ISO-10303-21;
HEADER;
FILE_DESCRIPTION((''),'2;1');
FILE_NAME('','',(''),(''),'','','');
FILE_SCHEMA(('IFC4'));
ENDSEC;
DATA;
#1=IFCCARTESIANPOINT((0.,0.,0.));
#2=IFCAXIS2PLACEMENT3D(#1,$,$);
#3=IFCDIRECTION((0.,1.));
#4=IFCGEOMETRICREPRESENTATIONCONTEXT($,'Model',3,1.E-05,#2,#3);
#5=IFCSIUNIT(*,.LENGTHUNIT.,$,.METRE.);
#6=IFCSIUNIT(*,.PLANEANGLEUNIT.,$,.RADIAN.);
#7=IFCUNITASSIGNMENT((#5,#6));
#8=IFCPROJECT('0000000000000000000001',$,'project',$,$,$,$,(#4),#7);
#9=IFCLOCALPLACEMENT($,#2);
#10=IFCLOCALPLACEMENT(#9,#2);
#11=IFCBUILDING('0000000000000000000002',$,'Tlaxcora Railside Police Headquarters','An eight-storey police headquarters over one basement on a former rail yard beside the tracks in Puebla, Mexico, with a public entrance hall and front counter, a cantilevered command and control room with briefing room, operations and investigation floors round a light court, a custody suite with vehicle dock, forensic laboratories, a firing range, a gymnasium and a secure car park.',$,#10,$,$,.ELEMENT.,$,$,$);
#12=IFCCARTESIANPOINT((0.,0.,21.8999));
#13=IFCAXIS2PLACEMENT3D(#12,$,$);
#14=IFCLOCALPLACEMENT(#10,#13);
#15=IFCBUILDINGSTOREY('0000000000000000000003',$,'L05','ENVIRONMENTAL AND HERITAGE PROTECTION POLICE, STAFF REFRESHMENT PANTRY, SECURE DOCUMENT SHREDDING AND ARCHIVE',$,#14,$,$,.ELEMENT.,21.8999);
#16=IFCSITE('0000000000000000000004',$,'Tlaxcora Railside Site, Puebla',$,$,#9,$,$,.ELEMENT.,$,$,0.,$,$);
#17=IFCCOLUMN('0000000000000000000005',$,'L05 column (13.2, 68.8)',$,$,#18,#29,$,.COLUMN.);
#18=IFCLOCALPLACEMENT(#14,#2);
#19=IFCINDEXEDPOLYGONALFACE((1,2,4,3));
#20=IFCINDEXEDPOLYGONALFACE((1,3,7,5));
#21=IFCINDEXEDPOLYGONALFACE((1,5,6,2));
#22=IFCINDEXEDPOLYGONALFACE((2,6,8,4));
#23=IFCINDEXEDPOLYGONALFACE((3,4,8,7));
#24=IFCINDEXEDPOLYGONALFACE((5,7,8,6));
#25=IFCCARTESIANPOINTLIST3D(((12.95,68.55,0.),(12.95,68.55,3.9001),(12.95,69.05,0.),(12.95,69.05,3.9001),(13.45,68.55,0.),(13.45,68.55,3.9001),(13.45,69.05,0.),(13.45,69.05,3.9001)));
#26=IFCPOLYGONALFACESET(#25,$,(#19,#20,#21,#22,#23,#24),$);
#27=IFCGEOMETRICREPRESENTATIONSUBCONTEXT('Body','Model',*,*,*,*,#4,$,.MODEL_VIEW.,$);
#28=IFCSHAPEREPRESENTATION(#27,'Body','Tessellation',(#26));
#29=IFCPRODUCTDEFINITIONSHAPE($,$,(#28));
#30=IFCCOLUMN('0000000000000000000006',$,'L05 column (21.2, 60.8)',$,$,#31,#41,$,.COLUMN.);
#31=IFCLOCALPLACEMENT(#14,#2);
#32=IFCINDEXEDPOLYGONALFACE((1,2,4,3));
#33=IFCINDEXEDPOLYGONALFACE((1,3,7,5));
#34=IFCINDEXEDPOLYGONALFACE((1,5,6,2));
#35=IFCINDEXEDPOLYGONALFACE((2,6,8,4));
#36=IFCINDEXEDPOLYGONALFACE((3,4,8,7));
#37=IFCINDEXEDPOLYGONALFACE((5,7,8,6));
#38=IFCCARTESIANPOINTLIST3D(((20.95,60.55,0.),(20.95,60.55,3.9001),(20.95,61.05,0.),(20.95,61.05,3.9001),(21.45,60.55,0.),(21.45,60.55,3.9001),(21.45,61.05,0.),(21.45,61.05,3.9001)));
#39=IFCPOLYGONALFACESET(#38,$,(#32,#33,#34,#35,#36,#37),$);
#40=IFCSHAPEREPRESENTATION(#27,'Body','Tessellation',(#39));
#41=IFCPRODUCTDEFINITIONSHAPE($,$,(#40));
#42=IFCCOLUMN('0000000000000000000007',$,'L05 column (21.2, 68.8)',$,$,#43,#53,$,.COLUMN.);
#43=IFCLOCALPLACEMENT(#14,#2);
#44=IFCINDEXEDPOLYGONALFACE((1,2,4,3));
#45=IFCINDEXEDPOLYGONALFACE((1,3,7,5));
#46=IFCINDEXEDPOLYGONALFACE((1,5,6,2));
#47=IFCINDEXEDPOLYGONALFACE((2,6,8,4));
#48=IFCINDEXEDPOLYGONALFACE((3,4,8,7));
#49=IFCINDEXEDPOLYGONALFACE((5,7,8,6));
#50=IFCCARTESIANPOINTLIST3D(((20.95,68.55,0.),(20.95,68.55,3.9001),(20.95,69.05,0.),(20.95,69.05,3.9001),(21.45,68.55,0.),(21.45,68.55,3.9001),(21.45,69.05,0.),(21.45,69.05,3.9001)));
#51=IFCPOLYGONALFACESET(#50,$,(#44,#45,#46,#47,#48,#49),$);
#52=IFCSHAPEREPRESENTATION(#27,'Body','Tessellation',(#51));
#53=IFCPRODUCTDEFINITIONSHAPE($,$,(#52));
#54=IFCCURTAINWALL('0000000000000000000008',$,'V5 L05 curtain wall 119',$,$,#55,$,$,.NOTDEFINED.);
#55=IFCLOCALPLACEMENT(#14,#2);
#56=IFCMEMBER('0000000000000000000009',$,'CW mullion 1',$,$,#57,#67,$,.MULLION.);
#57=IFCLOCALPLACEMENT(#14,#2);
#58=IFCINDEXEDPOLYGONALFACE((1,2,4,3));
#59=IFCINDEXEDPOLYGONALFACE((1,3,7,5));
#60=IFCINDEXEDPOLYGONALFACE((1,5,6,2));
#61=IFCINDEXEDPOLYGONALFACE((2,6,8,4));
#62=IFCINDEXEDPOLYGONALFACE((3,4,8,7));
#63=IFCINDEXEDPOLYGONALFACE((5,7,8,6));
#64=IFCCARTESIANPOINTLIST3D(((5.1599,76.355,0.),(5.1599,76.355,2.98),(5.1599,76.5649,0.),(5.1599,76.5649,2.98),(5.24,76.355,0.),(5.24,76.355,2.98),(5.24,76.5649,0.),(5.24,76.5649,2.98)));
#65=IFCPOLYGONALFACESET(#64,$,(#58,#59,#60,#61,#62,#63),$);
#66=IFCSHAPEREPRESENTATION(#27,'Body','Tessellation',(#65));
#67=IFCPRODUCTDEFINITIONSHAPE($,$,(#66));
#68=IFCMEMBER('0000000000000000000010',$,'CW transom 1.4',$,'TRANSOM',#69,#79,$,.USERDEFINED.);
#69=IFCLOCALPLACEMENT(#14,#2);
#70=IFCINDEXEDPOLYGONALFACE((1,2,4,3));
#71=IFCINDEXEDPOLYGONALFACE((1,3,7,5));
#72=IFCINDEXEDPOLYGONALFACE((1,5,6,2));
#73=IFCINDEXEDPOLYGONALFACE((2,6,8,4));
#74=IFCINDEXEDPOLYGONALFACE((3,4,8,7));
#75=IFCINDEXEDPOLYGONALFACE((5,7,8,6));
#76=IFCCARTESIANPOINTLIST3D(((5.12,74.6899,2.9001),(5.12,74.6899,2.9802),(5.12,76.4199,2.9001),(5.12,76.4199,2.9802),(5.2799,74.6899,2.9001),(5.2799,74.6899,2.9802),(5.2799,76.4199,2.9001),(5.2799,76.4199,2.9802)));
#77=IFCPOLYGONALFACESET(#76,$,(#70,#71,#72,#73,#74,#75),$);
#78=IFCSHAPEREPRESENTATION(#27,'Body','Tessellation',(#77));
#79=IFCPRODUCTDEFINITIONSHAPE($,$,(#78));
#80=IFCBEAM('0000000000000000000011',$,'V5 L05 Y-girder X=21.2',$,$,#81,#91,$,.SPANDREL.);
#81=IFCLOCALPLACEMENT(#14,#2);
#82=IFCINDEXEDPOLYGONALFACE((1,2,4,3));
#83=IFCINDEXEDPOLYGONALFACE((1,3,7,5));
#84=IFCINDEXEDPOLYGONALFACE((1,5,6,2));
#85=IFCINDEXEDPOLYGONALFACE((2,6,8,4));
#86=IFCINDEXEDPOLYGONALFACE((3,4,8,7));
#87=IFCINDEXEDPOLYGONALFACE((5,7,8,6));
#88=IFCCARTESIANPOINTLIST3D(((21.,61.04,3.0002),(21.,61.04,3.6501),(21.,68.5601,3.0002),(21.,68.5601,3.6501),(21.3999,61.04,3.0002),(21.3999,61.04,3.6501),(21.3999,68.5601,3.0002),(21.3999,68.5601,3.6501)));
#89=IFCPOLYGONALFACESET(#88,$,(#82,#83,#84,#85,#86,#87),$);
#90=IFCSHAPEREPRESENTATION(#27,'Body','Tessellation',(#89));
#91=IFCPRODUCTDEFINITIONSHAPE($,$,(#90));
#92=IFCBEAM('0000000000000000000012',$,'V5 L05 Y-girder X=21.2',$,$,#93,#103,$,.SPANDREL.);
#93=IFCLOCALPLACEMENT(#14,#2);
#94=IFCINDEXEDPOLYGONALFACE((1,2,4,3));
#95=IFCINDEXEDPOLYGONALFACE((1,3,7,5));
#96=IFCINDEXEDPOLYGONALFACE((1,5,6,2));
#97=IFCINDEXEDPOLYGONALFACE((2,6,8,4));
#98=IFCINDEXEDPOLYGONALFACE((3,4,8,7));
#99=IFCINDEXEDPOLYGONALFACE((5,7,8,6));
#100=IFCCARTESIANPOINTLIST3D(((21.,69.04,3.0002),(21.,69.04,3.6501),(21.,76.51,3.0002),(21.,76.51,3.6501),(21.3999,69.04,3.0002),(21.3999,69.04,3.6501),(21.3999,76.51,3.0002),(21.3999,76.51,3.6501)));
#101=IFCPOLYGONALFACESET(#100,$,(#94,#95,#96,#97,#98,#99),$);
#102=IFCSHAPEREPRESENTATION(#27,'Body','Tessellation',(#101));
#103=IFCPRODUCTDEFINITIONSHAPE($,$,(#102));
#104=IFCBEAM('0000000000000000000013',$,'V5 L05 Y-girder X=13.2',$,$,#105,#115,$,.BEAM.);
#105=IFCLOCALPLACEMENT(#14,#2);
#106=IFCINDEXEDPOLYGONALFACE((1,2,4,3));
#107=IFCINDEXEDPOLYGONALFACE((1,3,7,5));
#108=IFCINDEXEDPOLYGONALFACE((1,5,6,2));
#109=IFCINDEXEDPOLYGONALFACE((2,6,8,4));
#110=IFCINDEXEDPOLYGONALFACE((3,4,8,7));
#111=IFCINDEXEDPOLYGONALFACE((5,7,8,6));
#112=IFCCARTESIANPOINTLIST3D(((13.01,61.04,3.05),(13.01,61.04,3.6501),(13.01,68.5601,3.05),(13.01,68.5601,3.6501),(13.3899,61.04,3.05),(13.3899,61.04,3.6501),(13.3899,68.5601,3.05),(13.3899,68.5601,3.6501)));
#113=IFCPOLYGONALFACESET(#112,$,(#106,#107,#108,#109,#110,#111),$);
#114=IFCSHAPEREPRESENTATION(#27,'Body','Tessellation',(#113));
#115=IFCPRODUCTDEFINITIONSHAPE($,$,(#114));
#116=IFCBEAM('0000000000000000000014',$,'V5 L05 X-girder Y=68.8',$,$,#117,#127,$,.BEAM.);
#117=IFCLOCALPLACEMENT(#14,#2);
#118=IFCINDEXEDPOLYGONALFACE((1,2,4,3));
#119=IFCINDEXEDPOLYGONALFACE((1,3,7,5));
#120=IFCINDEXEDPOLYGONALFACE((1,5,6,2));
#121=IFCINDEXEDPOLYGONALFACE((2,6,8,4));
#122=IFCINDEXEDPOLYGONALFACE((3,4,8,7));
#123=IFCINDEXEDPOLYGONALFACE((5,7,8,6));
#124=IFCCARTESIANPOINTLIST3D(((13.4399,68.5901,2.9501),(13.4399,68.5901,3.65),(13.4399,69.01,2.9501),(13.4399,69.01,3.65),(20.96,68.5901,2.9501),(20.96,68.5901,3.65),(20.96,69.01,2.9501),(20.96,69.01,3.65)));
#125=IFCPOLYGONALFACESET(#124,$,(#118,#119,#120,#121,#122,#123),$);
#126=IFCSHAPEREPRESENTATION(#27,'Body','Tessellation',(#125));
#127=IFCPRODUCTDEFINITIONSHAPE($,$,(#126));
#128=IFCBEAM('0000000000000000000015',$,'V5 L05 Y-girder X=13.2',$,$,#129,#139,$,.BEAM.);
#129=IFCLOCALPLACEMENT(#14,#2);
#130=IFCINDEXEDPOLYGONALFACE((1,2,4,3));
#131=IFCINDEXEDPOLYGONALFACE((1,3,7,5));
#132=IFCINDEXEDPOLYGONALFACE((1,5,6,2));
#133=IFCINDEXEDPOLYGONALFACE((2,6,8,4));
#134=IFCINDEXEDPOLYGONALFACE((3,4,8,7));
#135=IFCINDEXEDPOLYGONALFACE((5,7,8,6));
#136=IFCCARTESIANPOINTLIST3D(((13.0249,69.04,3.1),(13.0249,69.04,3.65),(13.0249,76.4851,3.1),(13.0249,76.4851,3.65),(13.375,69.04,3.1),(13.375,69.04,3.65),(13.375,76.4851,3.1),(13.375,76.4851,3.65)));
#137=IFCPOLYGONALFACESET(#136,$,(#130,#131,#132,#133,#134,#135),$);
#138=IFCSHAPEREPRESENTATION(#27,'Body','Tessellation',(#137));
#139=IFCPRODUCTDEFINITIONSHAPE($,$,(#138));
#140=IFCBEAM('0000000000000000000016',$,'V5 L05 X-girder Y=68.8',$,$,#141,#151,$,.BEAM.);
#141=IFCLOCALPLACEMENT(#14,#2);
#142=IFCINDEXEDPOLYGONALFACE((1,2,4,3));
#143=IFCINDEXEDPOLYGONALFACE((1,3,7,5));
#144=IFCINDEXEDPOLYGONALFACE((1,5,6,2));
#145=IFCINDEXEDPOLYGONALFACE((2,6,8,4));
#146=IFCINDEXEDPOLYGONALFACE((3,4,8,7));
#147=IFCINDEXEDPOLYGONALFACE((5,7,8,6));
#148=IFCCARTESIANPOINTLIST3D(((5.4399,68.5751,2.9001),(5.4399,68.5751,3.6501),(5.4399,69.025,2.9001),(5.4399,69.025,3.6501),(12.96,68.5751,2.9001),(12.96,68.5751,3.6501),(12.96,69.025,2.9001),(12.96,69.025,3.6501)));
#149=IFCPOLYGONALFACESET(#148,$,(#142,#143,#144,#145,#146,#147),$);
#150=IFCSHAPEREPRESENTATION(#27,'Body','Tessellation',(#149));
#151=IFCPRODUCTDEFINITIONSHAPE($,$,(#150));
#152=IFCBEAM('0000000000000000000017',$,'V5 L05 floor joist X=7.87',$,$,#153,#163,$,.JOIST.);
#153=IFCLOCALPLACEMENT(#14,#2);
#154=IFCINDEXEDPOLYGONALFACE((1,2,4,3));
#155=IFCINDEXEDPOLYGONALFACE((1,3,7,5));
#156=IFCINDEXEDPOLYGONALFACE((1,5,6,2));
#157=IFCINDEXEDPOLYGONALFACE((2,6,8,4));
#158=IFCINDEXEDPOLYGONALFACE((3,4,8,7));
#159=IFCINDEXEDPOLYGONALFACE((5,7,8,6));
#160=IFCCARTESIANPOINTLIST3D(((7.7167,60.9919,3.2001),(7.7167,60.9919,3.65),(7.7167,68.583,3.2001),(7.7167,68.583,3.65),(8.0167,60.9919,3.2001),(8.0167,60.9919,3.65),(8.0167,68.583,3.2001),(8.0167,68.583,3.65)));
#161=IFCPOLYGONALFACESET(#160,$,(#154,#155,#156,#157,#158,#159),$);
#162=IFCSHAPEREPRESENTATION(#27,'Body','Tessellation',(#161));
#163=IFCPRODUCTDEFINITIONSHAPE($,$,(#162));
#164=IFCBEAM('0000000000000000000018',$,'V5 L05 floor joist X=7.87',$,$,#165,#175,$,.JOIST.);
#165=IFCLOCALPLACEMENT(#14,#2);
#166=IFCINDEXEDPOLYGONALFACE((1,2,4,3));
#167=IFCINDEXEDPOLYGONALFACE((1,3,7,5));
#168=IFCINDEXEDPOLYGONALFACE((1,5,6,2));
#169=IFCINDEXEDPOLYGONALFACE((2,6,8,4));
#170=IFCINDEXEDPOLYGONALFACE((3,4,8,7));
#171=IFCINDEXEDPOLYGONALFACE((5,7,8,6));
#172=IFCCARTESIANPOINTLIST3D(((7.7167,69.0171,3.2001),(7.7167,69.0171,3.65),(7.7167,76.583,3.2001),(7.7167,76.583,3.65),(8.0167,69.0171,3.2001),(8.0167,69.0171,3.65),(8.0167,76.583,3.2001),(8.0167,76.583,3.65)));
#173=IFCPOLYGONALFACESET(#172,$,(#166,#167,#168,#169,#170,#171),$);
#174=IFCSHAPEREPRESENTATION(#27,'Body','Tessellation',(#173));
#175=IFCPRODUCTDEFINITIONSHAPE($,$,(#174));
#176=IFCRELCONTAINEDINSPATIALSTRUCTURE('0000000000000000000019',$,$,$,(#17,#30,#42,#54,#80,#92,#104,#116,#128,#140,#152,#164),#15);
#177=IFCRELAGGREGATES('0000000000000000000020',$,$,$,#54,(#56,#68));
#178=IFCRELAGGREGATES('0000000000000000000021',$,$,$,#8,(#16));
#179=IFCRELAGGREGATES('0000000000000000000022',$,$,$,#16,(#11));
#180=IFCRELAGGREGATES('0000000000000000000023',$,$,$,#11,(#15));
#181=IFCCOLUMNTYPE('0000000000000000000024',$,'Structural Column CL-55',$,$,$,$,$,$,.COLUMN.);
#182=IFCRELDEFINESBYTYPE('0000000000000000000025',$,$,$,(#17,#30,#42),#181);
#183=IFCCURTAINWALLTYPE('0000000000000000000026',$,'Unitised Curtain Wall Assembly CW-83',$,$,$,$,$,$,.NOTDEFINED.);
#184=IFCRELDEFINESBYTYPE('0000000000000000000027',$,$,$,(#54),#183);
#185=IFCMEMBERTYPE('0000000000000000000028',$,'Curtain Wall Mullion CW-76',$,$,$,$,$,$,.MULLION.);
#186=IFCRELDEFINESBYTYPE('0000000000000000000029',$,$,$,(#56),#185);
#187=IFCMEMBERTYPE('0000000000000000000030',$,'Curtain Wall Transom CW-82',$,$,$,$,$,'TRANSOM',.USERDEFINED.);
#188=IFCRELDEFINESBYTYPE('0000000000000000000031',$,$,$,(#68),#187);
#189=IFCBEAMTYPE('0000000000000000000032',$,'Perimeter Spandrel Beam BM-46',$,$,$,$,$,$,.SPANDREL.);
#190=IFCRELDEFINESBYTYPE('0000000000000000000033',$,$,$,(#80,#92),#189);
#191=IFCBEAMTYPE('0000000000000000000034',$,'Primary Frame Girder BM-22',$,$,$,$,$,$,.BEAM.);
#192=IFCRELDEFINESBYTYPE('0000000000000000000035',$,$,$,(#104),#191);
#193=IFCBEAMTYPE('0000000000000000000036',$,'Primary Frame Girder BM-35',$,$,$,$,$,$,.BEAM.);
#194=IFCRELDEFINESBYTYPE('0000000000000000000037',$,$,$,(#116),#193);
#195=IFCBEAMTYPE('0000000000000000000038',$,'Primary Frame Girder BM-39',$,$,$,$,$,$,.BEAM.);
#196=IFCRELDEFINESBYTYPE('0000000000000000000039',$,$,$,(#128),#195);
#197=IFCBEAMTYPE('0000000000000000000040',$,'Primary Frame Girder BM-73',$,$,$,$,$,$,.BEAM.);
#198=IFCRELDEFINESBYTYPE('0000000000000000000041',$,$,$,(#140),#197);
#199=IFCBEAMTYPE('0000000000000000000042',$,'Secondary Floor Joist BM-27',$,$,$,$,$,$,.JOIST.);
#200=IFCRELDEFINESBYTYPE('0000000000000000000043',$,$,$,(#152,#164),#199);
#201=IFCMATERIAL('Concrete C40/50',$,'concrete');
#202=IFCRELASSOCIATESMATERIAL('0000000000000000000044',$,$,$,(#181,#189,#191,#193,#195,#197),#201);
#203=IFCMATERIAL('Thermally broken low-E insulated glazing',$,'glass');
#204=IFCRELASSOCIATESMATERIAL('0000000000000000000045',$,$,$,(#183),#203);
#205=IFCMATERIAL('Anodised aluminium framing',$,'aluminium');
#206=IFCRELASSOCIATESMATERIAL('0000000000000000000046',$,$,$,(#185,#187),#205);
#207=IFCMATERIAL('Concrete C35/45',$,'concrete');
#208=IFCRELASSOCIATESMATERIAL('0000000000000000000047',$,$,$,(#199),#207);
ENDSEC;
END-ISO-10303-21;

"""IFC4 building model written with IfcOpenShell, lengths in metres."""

from ifc_helpers import new_model, si_unit, direction, frame, origin, origin_2d, place, context, subcontext, project, spatial, rectangle, extrude, material, material_profile, profile_set, type_object, element, aggregate, save


model = new_model("IFC4")

# Units and contexts
model_context = context("Model", 3, precision=1e-05, world=origin(), true_north=direction((0.0, 1.0)))
body_context = subcontext(model_context, "Body", "Model", "MODEL_VIEW")
ifc_project = project(units=[si_unit("LENGTHUNIT", "METRE"), si_unit("PLANEANGLEUNIT", "RADIAN")], contexts=[model_context])

# Site, building, storey
site_placement = place(None, origin())
site = spatial("IfcSite", under=ifc_project, at=site_placement, Name="Tlaxcora Railside Site, Puebla", CompositionType="ELEMENT", RefElevation=0.0)
building_placement = place(site_placement, origin())
building = spatial("IfcBuilding", under=site, at=building_placement, Name="Tlaxcora Railside Police Headquarters", Description="An eight-storey police headquarters over one basement on a former rail yard beside the tracks in Puebla, Mexico, with a public entrance hall and front counter, a cantilevered command and control room with briefing room, operations and investigation floors round a light court, a custody suite with vehicle dock, forensic laboratories, a firing range, a gymnasium and a secure car park.", CompositionType="ELEMENT")
storey_placement = place(building_placement, frame((0.0, 0.0, 21.8999)))
storey = spatial("IfcBuildingStorey", under=building, at=storey_placement, Name="L05", Description="ENVIRONMENTAL AND HERITAGE PROTECTION POLICE, STAFF REFRESHMENT PANTRY, SECURE DOCUMENT SHREDDING AND ARCHIVE", CompositionType="ELEMENT", Elevation=21.8999)

# Columns
ifc_material_1 = material(Name="Concrete C40/50", Category="concrete")
ifc_material_profile_1 = material_profile(ifc_material_1, rectangle(XDim=0.5, YDim=0.5, at=origin_2d()), Name="RC500X500")
ifc_profile_set_1 = profile_set([ifc_material_profile_1], Name="Concrete C40/50")
column_type = type_object("IfcColumnType", Name="Structural Column CL-55", PredefinedType="COLUMN", material=ifc_profile_set_1)
for number, where, z_axis, x_axis, name in (
    (1, (13.2, 68.8, 0.0), (0.0, 0.0, 1.0), (1.0, 0.0, 0.0), "L05 column (13.2, 68.8)"),
    (2, (21.2, 60.8, 0.0), (0.0, 0.0, 1.0), (1.0, 0.0, 0.0), "L05 column (21.2, 60.8)"),
    (3, (21.2, 68.8, 0.0), (0.0, 0.0, 1.0), (1.0, 0.0, 0.0), "L05 column (21.2, 68.8)"),
):
    element("IfcColumn", number, at=place(storey_placement, frame(where, z_axis=z_axis, x_axis=x_axis)), inside=storey, type_object=column_type, Name=name, PredefinedType="COLUMN", context=body_context, shape_type="SweptSolid", body=[
        extrude(rectangle(XDim=0.5, YDim=0.5, at=origin_2d()), origin(), (0.0, 0.0, 1.0), 3.9001),
    ])

# Curtain wall, members
ifc_material_2 = material(Name="Thermally broken low-E insulated glazing", Category="glass")
curtain_wall_type = type_object("IfcCurtainWallType", Name="Unitised Curtain Wall Assembly CW-83", PredefinedType="NOTDEFINED", material=ifc_material_2)
curtain_wall_placement = place(storey_placement, origin())
curtain_wall = element("IfcCurtainWall", 4, at=curtain_wall_placement, inside=storey, type_object=curtain_wall_type, Name="V5 L05 curtain wall 119", PredefinedType="NOTDEFINED")
ifc_material_3 = material(Name="Anodised aluminium framing", Category="aluminium")
ifc_material_profile_2 = material_profile(ifc_material_3, rectangle(XDim=0.0801, YDim=0.21, at=origin_2d()), Name="AL80X210")
ifc_profile_set_2 = profile_set([ifc_material_profile_2], Name="Anodised aluminium framing")
member_type_1 = type_object("IfcMemberType", Name="Curtain Wall Mullion CW-76", PredefinedType="MULLION", material=ifc_profile_set_2)
member_1_placement = place(storey_placement, frame((5.2, 76.46, 0.0), z_axis=(0.0, 0.0, 1.0), x_axis=(1.0, 0.0, 0.0)))
member_1 = element("IfcMember", 5, at=member_1_placement, type_object=member_type_1, Name="CW mullion 1", PredefinedType="MULLION", context=body_context, shape_type="SweptSolid", body=[
    extrude(rectangle(XDim=0.0801, YDim=0.21, at=origin_2d()), origin(), (0.0, 0.0, 1.0), 2.98),
])
ifc_material_profile_3 = material_profile(ifc_material_3, rectangle(XDim=0.1599, YDim=0.0801, at=origin_2d()), Name="AL80X160")
ifc_profile_set_3 = profile_set([ifc_material_profile_3], Name="Anodised aluminium framing")
member_type_2 = type_object("IfcMemberType", Name="Curtain Wall Transom CW-82", ElementType="TRANSOM", PredefinedType="USERDEFINED", material=ifc_profile_set_3)
member_2_placement = place(storey_placement, frame((5.2, 76.4199, 2.9402), z_axis=(0.0, -1.0, 0.0), x_axis=(1.0, 0.0, 0.0)))
member_2 = element("IfcMember", 6, at=member_2_placement, type_object=member_type_2, Name="CW transom 1.4", ObjectType="TRANSOM", PredefinedType="USERDEFINED", context=body_context, shape_type="SweptSolid", body=[
    extrude(rectangle(XDim=0.1599, YDim=0.0801, at=origin_2d()), origin(), (0.0, 0.0, 1.0), 1.73),
])
aggregate(curtain_wall, [member_1, member_2])

# Beams
ifc_material_profile_4 = material_profile(ifc_material_1, rectangle(XDim=0.3999, YDim=0.6499, at=origin_2d()), Name="RC400X650")
ifc_profile_set_4 = profile_set([ifc_material_profile_4], Name="Concrete C40/50")
beam_type_1 = type_object("IfcBeamType", Name="Perimeter Spandrel Beam BM-46", PredefinedType="SPANDREL", material=ifc_profile_set_4)
beam_1_placement = place(storey_placement, frame((21.2, 61.04, 3.3252), z_axis=(0.0, 1.0, 0.0), x_axis=(-1.0, 0.0, 0.0)))
element("IfcBeam", 7, at=beam_1_placement, inside=storey, type_object=beam_type_1, Name="V5 L05 Y-girder X=21.2", PredefinedType="SPANDREL", context=body_context, shape_type="SweptSolid", body=[
    extrude(rectangle(XDim=0.3999, YDim=0.6499, at=origin_2d()), origin(), (0.0, 0.0, 1.0), 7.52),
])
beam_2_placement = place(storey_placement, frame((21.2, 69.04, 3.3252), z_axis=(0.0, 1.0, 0.0), x_axis=(-1.0, 0.0, 0.0)))
element("IfcBeam", 8, at=beam_2_placement, inside=storey, type_object=beam_type_1, Name="V5 L05 Y-girder X=21.2", PredefinedType="SPANDREL", context=body_context, shape_type="SweptSolid", body=[
    extrude(rectangle(XDim=0.3999, YDim=0.6499, at=origin_2d()), origin(), (0.0, 0.0, 1.0), 7.47),
])
ifc_material_profile_5 = material_profile(ifc_material_1, rectangle(XDim=0.3799, YDim=0.6001, at=origin_2d()), Name="RC380X600")
ifc_profile_set_5 = profile_set([ifc_material_profile_5], Name="Concrete C40/50")
beam_type_2 = type_object("IfcBeamType", Name="Primary Frame Girder BM-22", PredefinedType="BEAM", material=ifc_profile_set_5)
beam_3_placement = place(storey_placement, frame((13.2, 61.04, 3.3501), z_axis=(0.0, 1.0, 0.0), x_axis=(-1.0, 0.0, 0.0)))
element("IfcBeam", 9, at=beam_3_placement, inside=storey, type_object=beam_type_2, Name="V5 L05 Y-girder X=13.2", PredefinedType="BEAM", context=body_context, shape_type="SweptSolid", body=[
    extrude(rectangle(XDim=0.3799, YDim=0.6001, at=origin_2d()), origin(), (0.0, 0.0, 1.0), 7.52),
])
ifc_material_profile_6 = material_profile(ifc_material_1, rectangle(XDim=0.4199, YDim=0.7, at=origin_2d()), Name="RC420X700")
ifc_profile_set_6 = profile_set([ifc_material_profile_6], Name="Concrete C40/50")
beam_type_3 = type_object("IfcBeamType", Name="Primary Frame Girder BM-35", PredefinedType="BEAM", material=ifc_profile_set_6)
beam_4_placement = place(storey_placement, frame((13.4399, 68.8, 3.3), z_axis=(1.0, 0.0, 0.0), x_axis=(0.0, 1.0, 0.0)))
element("IfcBeam", 10, at=beam_4_placement, inside=storey, type_object=beam_type_3, Name="V5 L05 X-girder Y=68.8", PredefinedType="BEAM", context=body_context, shape_type="SweptSolid", body=[
    extrude(rectangle(XDim=0.4199, YDim=0.7, at=origin_2d()), origin(), (0.0, 0.0, 1.0), 7.52),
])
ifc_material_profile_7 = material_profile(ifc_material_1, rectangle(XDim=0.3501, YDim=0.55, at=origin_2d()), Name="RC350X550")
ifc_profile_set_7 = profile_set([ifc_material_profile_7], Name="Concrete C40/50")
beam_type_4 = type_object("IfcBeamType", Name="Primary Frame Girder BM-39", PredefinedType="BEAM", material=ifc_profile_set_7)
beam_5_placement = place(storey_placement, frame((13.2, 69.04, 3.375), z_axis=(0.0, 1.0, 0.0), x_axis=(-1.0, 0.0, 0.0)))
element("IfcBeam", 11, at=beam_5_placement, inside=storey, type_object=beam_type_4, Name="V5 L05 Y-girder X=13.2", PredefinedType="BEAM", context=body_context, shape_type="SweptSolid", body=[
    extrude(rectangle(XDim=0.3501, YDim=0.55, at=origin_2d()), origin(), (0.0, 0.0, 1.0), 7.4451),
])
ifc_material_profile_8 = material_profile(ifc_material_1, rectangle(XDim=0.45, YDim=0.75, at=origin_2d()), Name="RC450X750")
ifc_profile_set_8 = profile_set([ifc_material_profile_8], Name="Concrete C40/50")
beam_type_5 = type_object("IfcBeamType", Name="Primary Frame Girder BM-73", PredefinedType="BEAM", material=ifc_profile_set_8)
beam_6_placement = place(storey_placement, frame((5.4399, 68.8, 3.2751), z_axis=(1.0, 0.0, 0.0), x_axis=(0.0, 1.0, 0.0)))
element("IfcBeam", 12, at=beam_6_placement, inside=storey, type_object=beam_type_5, Name="V5 L05 X-girder Y=68.8", PredefinedType="BEAM", context=body_context, shape_type="SweptSolid", body=[
    extrude(rectangle(XDim=0.45, YDim=0.75, at=origin_2d()), origin(), (0.0, 0.0, 1.0), 7.52),
])
ifc_material_4 = material(Name="Concrete C35/45", Category="concrete")
ifc_material_profile_9 = material_profile(ifc_material_4, rectangle(XDim=0.3, YDim=0.45, at=origin_2d()), Name="RC300X450")
ifc_profile_set_9 = profile_set([ifc_material_profile_9], Name="Concrete C35/45")
beam_type_6 = type_object("IfcBeamType", Name="Secondary Floor Joist BM-27", PredefinedType="JOIST", material=ifc_profile_set_9)
beam_7_placement = place(storey_placement, frame((7.8667, 60.9919, 3.425), z_axis=(0.0, 1.0, 0.0), x_axis=(-1.0, 0.0, 0.0)))
element("IfcBeam", 13, at=beam_7_placement, inside=storey, type_object=beam_type_6, Name="V5 L05 floor joist X=7.87", PredefinedType="JOIST", context=body_context, shape_type="SweptSolid", body=[
    extrude(rectangle(XDim=0.3, YDim=0.45, at=origin_2d()), origin(), (0.0, 0.0, 1.0), 7.5911),
])
beam_8_placement = place(storey_placement, frame((7.8667, 69.0171, 3.425), z_axis=(0.0, 1.0, 0.0), x_axis=(-1.0, 0.0, 0.0)))
element("IfcBeam", 14, at=beam_8_placement, inside=storey, type_object=beam_type_6, Name="V5 L05 floor joist X=7.87", PredefinedType="JOIST", context=body_context, shape_type="SweptSolid", body=[
    extrude(rectangle(XDim=0.3, YDim=0.45, at=origin_2d()), origin(), (0.0, 0.0, 1.0), 7.5659),
])

save(model, "model.ifc")
